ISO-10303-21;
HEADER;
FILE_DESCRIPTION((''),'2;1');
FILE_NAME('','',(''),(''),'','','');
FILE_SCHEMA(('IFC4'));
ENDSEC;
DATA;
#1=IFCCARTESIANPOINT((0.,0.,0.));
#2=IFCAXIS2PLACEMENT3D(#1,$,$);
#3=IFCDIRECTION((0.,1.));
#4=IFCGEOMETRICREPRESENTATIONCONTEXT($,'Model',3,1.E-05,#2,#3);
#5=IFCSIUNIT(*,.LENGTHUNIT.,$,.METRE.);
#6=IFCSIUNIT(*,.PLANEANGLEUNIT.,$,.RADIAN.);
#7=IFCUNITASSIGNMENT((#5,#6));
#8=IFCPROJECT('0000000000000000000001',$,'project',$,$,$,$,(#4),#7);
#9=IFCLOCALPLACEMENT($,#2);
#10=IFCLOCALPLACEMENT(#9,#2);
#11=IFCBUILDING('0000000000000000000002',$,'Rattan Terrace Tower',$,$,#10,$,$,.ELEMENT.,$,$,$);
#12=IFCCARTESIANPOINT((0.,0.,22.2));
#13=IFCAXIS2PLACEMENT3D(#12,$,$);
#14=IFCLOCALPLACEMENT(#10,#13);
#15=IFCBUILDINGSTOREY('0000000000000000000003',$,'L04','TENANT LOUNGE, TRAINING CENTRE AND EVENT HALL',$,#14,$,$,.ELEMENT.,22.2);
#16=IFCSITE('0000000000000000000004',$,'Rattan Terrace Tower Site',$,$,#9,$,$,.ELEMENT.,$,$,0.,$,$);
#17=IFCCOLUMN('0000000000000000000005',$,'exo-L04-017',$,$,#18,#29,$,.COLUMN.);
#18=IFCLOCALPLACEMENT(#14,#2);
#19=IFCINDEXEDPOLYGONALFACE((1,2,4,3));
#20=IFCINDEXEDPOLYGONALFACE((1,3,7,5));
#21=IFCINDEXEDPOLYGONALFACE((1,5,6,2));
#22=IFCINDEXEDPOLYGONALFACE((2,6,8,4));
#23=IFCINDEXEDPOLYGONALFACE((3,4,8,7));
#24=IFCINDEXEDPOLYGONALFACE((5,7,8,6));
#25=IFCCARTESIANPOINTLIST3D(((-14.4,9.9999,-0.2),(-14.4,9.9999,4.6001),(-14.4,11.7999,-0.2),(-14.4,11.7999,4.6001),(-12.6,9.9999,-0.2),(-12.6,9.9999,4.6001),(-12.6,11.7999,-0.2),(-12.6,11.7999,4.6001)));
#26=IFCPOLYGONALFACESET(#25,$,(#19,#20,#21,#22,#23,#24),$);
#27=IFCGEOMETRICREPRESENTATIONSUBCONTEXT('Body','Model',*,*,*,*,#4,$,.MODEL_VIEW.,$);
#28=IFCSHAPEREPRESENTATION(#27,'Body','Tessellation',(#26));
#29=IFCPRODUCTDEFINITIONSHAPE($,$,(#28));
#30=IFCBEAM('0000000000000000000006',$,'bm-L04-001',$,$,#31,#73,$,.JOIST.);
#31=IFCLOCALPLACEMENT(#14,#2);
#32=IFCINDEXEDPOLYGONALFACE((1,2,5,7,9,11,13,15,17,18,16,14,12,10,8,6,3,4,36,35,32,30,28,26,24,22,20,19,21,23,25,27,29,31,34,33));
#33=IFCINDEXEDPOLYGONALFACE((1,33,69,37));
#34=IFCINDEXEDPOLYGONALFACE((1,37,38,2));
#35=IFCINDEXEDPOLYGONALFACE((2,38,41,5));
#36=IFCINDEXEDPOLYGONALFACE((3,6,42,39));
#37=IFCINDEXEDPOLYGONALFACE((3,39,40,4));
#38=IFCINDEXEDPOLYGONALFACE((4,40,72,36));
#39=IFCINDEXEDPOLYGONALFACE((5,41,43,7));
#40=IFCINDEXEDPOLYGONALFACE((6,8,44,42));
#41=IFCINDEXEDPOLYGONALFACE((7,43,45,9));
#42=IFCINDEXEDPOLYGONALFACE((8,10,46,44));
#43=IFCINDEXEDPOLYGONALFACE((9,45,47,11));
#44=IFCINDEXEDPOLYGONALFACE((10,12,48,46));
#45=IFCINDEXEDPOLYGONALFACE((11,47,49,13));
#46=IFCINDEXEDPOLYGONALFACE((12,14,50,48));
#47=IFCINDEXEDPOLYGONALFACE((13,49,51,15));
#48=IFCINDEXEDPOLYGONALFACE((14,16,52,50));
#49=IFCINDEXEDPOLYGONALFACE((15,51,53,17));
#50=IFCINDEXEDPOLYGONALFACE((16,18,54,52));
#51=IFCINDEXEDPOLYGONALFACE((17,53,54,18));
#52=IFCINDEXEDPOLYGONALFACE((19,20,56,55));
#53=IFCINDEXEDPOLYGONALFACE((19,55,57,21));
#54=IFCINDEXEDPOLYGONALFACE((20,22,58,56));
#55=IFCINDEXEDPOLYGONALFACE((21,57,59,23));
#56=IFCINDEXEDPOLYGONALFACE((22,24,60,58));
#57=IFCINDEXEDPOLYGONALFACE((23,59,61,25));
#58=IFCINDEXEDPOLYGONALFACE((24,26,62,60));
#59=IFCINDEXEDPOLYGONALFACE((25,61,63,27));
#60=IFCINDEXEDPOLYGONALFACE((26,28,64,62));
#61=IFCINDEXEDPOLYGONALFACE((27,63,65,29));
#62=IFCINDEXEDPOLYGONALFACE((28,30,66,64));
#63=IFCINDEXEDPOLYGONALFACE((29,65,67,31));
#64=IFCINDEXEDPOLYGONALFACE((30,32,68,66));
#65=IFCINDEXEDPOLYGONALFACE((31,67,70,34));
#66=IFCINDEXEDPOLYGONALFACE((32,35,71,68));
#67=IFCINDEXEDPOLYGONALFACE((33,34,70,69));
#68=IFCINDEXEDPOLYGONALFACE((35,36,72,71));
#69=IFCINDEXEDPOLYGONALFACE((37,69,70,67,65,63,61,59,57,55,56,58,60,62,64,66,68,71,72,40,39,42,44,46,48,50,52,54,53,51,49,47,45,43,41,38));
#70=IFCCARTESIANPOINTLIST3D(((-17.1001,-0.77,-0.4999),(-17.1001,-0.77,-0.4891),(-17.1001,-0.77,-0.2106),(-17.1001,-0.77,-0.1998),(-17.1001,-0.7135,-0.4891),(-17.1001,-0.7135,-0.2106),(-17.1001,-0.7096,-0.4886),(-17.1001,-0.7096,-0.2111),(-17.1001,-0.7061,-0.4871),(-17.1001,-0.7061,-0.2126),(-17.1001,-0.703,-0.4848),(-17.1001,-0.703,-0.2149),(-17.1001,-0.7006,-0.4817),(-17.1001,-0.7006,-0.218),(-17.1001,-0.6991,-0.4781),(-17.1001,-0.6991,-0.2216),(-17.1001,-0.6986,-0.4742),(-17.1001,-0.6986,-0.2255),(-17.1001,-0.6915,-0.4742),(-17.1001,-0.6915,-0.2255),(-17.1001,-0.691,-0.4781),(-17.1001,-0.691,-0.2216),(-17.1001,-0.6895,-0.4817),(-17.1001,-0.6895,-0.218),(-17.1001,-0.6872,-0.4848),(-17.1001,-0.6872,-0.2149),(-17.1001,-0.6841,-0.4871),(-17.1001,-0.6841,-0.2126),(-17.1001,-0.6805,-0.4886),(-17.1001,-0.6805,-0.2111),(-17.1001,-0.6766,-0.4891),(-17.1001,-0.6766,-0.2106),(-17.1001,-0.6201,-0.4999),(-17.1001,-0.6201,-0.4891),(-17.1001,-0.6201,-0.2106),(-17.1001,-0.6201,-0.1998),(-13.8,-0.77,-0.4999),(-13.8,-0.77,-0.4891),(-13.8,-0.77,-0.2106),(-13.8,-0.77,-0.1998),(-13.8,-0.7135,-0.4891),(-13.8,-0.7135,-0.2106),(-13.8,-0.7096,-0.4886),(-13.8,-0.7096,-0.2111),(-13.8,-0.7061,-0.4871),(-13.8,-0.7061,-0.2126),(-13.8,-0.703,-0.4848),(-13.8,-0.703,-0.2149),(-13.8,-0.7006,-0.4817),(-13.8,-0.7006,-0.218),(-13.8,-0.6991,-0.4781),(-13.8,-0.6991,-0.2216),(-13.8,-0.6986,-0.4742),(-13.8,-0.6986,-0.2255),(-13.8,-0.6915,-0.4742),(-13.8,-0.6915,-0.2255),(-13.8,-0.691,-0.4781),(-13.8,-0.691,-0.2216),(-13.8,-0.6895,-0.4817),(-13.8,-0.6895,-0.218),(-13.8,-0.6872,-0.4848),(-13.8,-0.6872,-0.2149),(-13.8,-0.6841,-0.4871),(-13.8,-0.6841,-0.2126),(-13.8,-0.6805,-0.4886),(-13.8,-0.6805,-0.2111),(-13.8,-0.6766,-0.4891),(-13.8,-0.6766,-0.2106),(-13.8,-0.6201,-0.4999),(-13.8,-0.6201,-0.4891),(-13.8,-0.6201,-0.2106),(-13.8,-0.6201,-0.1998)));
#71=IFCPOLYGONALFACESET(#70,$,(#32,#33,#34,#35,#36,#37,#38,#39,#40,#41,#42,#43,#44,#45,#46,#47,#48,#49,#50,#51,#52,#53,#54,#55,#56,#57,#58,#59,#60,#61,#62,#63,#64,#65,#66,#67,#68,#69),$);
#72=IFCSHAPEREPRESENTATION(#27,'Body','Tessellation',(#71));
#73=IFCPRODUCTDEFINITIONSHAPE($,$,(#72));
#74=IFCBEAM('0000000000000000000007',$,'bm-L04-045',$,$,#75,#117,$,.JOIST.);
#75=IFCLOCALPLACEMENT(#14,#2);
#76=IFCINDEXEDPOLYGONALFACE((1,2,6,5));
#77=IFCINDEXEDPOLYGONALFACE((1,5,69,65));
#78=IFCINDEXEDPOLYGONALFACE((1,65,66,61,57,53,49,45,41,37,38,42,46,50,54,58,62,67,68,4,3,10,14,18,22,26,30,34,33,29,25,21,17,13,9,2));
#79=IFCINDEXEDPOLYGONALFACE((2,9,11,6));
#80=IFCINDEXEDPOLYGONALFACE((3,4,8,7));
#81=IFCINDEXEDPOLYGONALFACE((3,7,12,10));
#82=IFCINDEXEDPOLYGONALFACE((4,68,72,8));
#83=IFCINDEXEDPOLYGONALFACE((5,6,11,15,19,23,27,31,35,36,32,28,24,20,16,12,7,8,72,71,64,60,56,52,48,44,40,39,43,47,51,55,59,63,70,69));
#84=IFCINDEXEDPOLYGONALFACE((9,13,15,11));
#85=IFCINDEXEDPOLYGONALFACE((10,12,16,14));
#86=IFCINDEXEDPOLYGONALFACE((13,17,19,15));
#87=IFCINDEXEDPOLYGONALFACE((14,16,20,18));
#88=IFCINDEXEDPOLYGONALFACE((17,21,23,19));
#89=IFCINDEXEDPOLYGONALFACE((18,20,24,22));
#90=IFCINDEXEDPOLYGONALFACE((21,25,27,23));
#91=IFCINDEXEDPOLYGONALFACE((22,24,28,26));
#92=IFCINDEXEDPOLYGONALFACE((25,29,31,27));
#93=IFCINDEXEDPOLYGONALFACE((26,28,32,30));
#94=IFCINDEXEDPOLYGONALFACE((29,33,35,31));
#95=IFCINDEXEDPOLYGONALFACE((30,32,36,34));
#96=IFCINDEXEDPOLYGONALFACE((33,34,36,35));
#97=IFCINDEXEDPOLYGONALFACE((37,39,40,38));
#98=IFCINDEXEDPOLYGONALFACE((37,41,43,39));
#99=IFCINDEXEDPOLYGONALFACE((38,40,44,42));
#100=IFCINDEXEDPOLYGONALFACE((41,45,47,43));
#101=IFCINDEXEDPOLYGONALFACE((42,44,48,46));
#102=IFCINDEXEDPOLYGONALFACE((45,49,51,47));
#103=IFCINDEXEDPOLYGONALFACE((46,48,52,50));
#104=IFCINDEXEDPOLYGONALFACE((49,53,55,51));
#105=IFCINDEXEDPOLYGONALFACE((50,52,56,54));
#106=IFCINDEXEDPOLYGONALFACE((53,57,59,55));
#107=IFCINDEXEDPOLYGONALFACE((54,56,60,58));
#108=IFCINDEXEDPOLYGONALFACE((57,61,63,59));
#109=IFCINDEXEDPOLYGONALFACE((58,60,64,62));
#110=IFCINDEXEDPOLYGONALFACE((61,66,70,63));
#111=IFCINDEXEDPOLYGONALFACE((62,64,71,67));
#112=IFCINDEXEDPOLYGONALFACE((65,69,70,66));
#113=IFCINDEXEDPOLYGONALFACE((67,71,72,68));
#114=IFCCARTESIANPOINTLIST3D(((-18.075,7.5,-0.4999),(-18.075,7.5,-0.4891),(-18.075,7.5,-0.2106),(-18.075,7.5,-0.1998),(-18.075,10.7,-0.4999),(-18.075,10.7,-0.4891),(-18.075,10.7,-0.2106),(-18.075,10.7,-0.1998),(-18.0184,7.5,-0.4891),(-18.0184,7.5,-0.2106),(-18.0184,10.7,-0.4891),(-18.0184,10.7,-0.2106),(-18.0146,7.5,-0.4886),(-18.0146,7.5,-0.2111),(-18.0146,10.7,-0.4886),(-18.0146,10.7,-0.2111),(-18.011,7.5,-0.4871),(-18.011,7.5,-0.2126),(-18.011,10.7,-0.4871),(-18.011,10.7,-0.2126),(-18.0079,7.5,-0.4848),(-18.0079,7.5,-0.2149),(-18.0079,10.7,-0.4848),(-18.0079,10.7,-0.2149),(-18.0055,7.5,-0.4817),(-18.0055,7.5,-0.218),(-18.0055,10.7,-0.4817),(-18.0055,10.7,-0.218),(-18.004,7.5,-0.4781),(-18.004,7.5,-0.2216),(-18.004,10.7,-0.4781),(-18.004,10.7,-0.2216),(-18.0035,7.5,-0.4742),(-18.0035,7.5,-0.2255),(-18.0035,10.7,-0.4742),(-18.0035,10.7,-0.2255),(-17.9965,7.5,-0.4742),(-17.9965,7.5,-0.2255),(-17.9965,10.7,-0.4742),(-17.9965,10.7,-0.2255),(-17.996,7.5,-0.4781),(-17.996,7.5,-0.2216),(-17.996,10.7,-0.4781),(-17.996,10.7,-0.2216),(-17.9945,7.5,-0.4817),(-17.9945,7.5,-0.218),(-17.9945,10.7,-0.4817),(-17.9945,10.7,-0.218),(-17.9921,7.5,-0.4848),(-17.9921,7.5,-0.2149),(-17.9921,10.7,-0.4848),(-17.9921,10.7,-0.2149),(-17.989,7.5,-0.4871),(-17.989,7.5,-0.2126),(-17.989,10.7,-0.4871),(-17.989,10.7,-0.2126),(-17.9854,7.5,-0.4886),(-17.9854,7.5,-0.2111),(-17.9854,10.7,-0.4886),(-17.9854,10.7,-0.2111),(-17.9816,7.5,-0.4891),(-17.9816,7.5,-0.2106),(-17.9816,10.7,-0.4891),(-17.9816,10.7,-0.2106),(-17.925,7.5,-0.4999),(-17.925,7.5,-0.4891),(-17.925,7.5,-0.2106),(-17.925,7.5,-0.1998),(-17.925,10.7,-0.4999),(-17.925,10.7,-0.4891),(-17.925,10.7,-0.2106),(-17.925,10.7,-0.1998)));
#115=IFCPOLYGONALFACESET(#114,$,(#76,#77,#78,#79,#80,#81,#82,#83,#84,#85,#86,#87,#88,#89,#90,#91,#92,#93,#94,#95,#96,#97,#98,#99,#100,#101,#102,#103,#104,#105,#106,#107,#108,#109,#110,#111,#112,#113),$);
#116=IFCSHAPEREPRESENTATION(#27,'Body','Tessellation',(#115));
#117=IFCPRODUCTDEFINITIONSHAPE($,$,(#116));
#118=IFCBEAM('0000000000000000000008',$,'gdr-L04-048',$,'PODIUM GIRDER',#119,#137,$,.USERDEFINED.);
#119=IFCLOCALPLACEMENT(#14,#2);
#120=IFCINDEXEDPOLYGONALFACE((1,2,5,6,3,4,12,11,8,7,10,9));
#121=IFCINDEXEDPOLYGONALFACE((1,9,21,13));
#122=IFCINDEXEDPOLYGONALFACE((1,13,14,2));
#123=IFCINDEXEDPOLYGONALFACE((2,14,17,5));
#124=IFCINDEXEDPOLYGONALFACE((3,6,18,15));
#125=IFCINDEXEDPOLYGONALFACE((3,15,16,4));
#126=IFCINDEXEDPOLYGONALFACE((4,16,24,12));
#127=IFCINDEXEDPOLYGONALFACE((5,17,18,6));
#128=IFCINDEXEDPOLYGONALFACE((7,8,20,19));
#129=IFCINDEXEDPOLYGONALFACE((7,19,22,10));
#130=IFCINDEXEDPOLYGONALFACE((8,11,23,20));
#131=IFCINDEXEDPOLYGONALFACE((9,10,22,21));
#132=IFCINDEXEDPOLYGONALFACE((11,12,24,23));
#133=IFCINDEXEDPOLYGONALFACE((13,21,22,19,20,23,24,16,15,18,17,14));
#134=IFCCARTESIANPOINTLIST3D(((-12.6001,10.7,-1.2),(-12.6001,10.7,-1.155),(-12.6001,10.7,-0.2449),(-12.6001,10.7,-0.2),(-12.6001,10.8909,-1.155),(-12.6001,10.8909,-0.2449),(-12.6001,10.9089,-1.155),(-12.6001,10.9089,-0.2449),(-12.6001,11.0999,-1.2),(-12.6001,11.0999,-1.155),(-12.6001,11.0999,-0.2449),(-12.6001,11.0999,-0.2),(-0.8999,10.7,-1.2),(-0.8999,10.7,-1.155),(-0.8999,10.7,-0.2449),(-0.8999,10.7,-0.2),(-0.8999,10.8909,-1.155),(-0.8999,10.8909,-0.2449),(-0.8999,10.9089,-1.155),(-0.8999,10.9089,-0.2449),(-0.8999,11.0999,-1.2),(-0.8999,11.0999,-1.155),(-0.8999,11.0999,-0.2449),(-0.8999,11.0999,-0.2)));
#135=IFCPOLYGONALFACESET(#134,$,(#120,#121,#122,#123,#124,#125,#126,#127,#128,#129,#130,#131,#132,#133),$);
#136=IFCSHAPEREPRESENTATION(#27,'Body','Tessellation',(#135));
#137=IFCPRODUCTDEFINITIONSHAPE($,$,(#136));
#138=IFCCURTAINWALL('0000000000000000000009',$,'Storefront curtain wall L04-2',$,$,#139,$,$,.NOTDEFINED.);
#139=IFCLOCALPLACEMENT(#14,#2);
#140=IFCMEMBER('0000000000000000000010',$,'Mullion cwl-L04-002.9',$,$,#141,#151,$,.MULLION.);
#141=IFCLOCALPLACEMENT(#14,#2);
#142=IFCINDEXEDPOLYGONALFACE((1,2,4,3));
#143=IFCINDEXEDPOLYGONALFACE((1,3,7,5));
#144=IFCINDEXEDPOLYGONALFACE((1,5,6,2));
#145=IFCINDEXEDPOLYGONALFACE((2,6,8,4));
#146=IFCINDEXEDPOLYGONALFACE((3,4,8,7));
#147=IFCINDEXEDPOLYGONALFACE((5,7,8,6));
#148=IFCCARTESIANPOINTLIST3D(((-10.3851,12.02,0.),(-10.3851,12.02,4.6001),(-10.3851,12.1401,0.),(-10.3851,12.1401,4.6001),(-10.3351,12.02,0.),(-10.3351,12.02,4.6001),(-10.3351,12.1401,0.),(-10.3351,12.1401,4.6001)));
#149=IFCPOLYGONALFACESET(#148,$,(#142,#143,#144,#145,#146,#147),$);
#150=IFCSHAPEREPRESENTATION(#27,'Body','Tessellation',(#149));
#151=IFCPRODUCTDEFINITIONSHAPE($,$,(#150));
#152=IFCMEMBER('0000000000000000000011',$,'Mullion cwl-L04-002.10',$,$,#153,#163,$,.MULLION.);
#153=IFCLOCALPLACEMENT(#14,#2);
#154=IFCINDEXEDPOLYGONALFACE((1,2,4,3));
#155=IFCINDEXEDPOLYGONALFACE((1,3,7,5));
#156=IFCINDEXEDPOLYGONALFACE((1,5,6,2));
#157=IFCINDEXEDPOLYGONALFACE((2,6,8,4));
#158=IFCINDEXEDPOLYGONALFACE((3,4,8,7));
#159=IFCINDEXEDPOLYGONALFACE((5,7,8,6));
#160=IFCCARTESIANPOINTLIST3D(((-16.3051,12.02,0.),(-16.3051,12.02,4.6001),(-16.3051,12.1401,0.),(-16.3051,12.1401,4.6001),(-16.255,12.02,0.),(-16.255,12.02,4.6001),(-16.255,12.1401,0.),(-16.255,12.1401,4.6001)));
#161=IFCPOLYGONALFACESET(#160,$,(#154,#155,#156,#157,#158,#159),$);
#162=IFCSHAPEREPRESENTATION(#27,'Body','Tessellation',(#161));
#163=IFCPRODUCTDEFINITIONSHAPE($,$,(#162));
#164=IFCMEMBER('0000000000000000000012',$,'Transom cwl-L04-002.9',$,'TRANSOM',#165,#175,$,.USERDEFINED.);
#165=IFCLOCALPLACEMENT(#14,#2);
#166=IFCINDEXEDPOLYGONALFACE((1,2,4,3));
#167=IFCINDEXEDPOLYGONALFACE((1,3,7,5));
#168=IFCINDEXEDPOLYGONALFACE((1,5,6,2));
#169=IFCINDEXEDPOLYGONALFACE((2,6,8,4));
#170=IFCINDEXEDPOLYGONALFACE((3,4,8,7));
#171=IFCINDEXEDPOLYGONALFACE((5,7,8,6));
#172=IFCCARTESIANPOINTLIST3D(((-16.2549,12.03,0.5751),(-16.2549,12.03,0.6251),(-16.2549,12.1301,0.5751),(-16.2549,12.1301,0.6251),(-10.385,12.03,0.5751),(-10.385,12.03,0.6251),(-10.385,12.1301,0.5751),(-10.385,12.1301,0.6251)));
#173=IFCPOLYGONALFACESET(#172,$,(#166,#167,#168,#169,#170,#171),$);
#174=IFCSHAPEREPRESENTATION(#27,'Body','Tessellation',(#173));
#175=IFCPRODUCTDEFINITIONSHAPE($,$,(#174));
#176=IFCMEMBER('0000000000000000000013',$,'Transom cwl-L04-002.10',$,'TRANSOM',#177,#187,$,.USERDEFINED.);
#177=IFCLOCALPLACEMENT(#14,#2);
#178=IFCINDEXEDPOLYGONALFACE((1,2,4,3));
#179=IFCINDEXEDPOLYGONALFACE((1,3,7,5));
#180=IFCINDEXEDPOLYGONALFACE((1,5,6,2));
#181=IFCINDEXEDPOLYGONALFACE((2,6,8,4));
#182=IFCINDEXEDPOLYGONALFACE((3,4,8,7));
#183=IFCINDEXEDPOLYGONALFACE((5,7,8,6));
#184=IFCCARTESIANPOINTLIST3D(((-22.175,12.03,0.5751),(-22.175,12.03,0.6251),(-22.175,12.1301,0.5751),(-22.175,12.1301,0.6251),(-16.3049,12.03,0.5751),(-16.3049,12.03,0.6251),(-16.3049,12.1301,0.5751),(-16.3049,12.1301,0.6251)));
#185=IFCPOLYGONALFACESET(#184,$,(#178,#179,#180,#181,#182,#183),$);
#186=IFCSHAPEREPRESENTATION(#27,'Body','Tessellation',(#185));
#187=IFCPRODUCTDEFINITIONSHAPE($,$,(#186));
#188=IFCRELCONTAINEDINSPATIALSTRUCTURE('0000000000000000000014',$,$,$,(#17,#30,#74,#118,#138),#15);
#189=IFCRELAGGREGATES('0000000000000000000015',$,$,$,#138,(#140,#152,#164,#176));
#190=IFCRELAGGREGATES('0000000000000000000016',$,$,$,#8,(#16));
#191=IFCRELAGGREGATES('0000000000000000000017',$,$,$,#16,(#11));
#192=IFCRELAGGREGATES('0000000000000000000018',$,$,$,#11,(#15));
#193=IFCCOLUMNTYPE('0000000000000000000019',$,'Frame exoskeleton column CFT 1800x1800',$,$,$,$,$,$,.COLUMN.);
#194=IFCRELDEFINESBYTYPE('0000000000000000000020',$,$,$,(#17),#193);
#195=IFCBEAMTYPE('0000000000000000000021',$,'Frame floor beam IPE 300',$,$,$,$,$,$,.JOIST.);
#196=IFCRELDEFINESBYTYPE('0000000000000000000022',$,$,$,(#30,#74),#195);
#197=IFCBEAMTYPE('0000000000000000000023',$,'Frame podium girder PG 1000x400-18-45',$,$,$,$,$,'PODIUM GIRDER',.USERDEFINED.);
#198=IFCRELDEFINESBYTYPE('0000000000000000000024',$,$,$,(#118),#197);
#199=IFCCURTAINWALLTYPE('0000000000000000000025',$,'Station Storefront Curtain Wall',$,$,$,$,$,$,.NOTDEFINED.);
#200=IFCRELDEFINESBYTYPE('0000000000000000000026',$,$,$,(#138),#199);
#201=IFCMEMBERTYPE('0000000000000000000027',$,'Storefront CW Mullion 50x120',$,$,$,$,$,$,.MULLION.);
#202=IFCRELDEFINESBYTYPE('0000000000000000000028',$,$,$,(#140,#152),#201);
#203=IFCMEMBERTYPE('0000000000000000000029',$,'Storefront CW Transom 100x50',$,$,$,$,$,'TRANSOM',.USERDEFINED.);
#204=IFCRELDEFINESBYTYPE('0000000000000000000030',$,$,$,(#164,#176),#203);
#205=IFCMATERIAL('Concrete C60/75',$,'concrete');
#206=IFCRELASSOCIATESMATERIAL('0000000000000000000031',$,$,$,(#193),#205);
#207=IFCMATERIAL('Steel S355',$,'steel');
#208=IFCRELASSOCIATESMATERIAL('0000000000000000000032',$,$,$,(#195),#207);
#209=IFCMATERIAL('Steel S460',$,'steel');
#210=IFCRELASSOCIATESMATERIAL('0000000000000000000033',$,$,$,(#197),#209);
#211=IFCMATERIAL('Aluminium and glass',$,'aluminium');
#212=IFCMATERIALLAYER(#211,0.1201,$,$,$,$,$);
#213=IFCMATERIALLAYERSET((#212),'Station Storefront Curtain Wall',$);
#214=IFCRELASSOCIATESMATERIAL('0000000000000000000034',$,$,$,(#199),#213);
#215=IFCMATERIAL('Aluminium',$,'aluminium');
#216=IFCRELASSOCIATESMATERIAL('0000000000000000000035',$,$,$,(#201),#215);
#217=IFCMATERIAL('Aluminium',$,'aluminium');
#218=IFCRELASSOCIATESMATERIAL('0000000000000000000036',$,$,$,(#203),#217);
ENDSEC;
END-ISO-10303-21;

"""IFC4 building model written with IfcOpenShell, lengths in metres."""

from ifc_helpers import new_model, si_unit, direction, frame, origin, origin_2d, place, context, subcontext, project, spatial, rectangle, i_section, extrude, material, layer, layer_set, material_profile, profile_set, type_object, element, aggregate, save


model = new_model("IFC4")

# Units and contexts
model_context = context("Model", 3, precision=1e-05, world=origin(), true_north=direction((0.0, 1.0)))
body_context = subcontext(model_context, "Body", "Model", "MODEL_VIEW")
ifc_project = project(units=[si_unit("LENGTHUNIT", "METRE"), si_unit("PLANEANGLEUNIT", "RADIAN")], contexts=[model_context])

# Site, building, storey
site_placement = place(None, origin())
site = spatial("IfcSite", under=ifc_project, at=site_placement, Name="Rattan Terrace Tower Site", CompositionType="ELEMENT", RefElevation=0.0)
building_placement = place(site_placement, origin())
building = spatial("IfcBuilding", under=site, at=building_placement, Name="Rattan Terrace Tower", CompositionType="ELEMENT")
storey_placement = place(building_placement, frame((0.0, 0.0, 22.2)))
storey = spatial("IfcBuildingStorey", under=building, at=storey_placement, Name="L04", Description="TENANT LOUNGE, TRAINING CENTRE AND EVENT HALL", CompositionType="ELEMENT", Elevation=22.2)

# Column
ifc_material_1 = material(Name="Concrete C60/75", Category="concrete")
ifc_material_profile_1 = material_profile(ifc_material_1, rectangle(XDim=1.8, YDim=1.8, at=origin_2d()), Name="CFT 1800x1800")
ifc_profile_set_1 = profile_set([ifc_material_profile_1], Name="Concrete C60/75")
column_type = type_object("IfcColumnType", Name="Frame exoskeleton column CFT 1800x1800", PredefinedType="COLUMN", material=ifc_profile_set_1)
column_placement = place(storey_placement, frame((-13.5, 10.8999, -0.2), z_axis=(0.0, 0.0, 1.0), x_axis=(1.0, 0.0, 0.0)))
element("IfcColumn", 1, at=column_placement, inside=storey, type_object=column_type, Name="exo-L04-017", PredefinedType="COLUMN", context=body_context, shape_type="SweptSolid", body=[
    extrude(rectangle(XDim=1.8, YDim=1.8, at=origin_2d()), origin(), (0.0, 0.0, 1.0), 4.8),
])

# Beams
ifc_material_2 = material(Name="Steel S355", Category="steel")
ifc_material_profile_2 = material_profile(ifc_material_2, i_section(OverallWidth=0.1499, OverallDepth=0.3, WebThickness=0.0071, FlangeThickness=0.0107, FilletRadius=0.0149, at=origin_2d()), Name="IPE 300")
ifc_profile_set_2 = profile_set([ifc_material_profile_2], Name="Steel S355")
beam_type_1 = type_object("IfcBeamType", Name="Frame floor beam IPE 300", PredefinedType="JOIST", material=ifc_profile_set_2)
beam_1_placement = place(storey_placement, frame((-17.1001, -0.6951, -0.3499), z_axis=(1.0, 0.0, 0.0), x_axis=(0.0, 1.0, 0.0)))
element("IfcBeam", 2, at=beam_1_placement, inside=storey, type_object=beam_type_1, Name="bm-L04-001", PredefinedType="JOIST", context=body_context, shape_type="SweptSolid", body=[
    extrude(i_section(OverallWidth=0.1499, OverallDepth=0.3, WebThickness=0.0071, FlangeThickness=0.0107, FilletRadius=0.0149, at=origin_2d()), origin(), (0.0, 0.0, 1.0), 3.3),
])
beam_2_placement = place(storey_placement, frame((-18.0, 7.5, -0.3499), z_axis=(0.0, 1.0, 0.0), x_axis=(-1.0, 0.0, 0.0)))
element("IfcBeam", 3, at=beam_2_placement, inside=storey, type_object=beam_type_1, Name="bm-L04-045", PredefinedType="JOIST", context=body_context, shape_type="SweptSolid", body=[
    extrude(i_section(OverallWidth=0.1499, OverallDepth=0.3, WebThickness=0.0071, FlangeThickness=0.0107, FilletRadius=0.0149, at=origin_2d()), origin(), (0.0, 0.0, 1.0), 3.2),
])
ifc_material_3 = material(Name="Steel S460", Category="steel")
ifc_material_profile_3 = material_profile(ifc_material_3, i_section(OverallWidth=0.3999, OverallDepth=1.0, WebThickness=0.0181, FlangeThickness=0.0449, at=origin_2d()), Name="PG 1000x400-18-45")
ifc_profile_set_3 = profile_set([ifc_material_profile_3], Name="Steel S460")
beam_type_2 = type_object("IfcBeamType", Name="Frame podium girder PG 1000x400-18-45", ElementType="PODIUM GIRDER", PredefinedType="USERDEFINED", material=ifc_profile_set_3)
beam_3_placement = place(storey_placement, frame((-12.6001, 10.8999, -0.7), z_axis=(1.0, 0.0, 0.0), x_axis=(0.0, 1.0, 0.0)))
element("IfcBeam", 4, at=beam_3_placement, inside=storey, type_object=beam_type_2, Name="gdr-L04-048", ObjectType="PODIUM GIRDER", PredefinedType="USERDEFINED", context=body_context, shape_type="SweptSolid", body=[
    extrude(i_section(OverallWidth=0.3999, OverallDepth=1.0, WebThickness=0.0181, FlangeThickness=0.0449, at=origin_2d()), origin(), (0.0, 0.0, 1.0), 11.7002),
])

# Curtain wall, members
ifc_material_4 = material(Name="Aluminium and glass", Category="aluminium")
ifc_layer_1 = layer(ifc_material_4, 0.1201)
ifc_layer_set_1 = layer_set([ifc_layer_1], Name="Station Storefront Curtain Wall")
curtain_wall_type = type_object("IfcCurtainWallType", Name="Station Storefront Curtain Wall", PredefinedType="NOTDEFINED", material=ifc_layer_set_1)
curtain_wall_placement = place(storey_placement, origin())
curtain_wall = element("IfcCurtainWall", 5, at=curtain_wall_placement, inside=storey, type_object=curtain_wall_type, Name="Storefront curtain wall L04-2", PredefinedType="NOTDEFINED")
ifc_material_5 = material(Name="Aluminium", Category="aluminium")
ifc_material_profile_4 = material_profile(ifc_material_5, rectangle(XDim=0.05, YDim=0.1201, at=origin_2d()), Name="Aluminium 50x120")
ifc_profile_set_4 = profile_set([ifc_material_profile_4], Name="Aluminium")
member_type_1 = type_object("IfcMemberType", Name="Storefront CW Mullion 50x120", PredefinedType="MULLION", material=ifc_profile_set_4)
member_1_placement = place(storey_placement, frame((-10.3601, 12.0801, 0.0), z_axis=(0.0, 0.0, 1.0), x_axis=(-1.0, 0.0, 0.0)))
member_1 = element("IfcMember", 6, at=member_1_placement, type_object=member_type_1, Name="Mullion cwl-L04-002.9", PredefinedType="MULLION", context=body_context, shape_type="SweptSolid", body=[
    extrude(rectangle(XDim=0.05, YDim=0.1201, at=origin_2d()), origin(), (0.0, 0.0, 1.0), 4.6001),
])
member_2_placement = place(storey_placement, frame((-16.28, 12.0801, 0.0), z_axis=(0.0, 0.0, 1.0), x_axis=(-1.0, 0.0, 0.0)))
member_2 = element("IfcMember", 7, at=member_2_placement, type_object=member_type_1, Name="Mullion cwl-L04-002.10", PredefinedType="MULLION", context=body_context, shape_type="SweptSolid", body=[
    extrude(rectangle(XDim=0.05, YDim=0.1201, at=origin_2d()), origin(), (0.0, 0.0, 1.0), 4.6001),
])
ifc_material_6 = material(Name="Aluminium", Category="aluminium")
ifc_material_profile_5 = material_profile(ifc_material_6, rectangle(XDim=0.1001, YDim=0.05, at=origin_2d()), Name="Aluminium 100x50")
ifc_profile_set_5 = profile_set([ifc_material_profile_5], Name="Aluminium")
member_type_2 = type_object("IfcMemberType", Name="Storefront CW Transom 100x50", ElementType="TRANSOM", PredefinedType="USERDEFINED", material=ifc_profile_set_5)
member_3_placement = place(storey_placement, frame((-10.385, 12.0801, 0.6001), z_axis=(-1.0, 0.0, 0.0), x_axis=(0.0, -1.0, 0.0)))
member_3 = element("IfcMember", 8, at=member_3_placement, type_object=member_type_2, Name="Transom cwl-L04-002.9", ObjectType="TRANSOM", PredefinedType="USERDEFINED", context=body_context, shape_type="SweptSolid", body=[
    extrude(rectangle(XDim=0.1001, YDim=0.05, at=origin_2d()), origin(), (0.0, 0.0, 1.0), 5.8699),
])
member_4_placement = place(storey_placement, frame((-16.3049, 12.0801, 0.6001), z_axis=(-1.0, 0.0, 0.0), x_axis=(0.0, -1.0, 0.0)))
member_4 = element("IfcMember", 9, at=member_4_placement, type_object=member_type_2, Name="Transom cwl-L04-002.10", ObjectType="TRANSOM", PredefinedType="USERDEFINED", context=body_context, shape_type="SweptSolid", body=[
    extrude(rectangle(XDim=0.1001, YDim=0.05, at=origin_2d()), origin(), (0.0, 0.0, 1.0), 5.8701),
])
aggregate(curtain_wall, [member_1, member_2, member_3, member_4])

save(model, "model.ifc")
